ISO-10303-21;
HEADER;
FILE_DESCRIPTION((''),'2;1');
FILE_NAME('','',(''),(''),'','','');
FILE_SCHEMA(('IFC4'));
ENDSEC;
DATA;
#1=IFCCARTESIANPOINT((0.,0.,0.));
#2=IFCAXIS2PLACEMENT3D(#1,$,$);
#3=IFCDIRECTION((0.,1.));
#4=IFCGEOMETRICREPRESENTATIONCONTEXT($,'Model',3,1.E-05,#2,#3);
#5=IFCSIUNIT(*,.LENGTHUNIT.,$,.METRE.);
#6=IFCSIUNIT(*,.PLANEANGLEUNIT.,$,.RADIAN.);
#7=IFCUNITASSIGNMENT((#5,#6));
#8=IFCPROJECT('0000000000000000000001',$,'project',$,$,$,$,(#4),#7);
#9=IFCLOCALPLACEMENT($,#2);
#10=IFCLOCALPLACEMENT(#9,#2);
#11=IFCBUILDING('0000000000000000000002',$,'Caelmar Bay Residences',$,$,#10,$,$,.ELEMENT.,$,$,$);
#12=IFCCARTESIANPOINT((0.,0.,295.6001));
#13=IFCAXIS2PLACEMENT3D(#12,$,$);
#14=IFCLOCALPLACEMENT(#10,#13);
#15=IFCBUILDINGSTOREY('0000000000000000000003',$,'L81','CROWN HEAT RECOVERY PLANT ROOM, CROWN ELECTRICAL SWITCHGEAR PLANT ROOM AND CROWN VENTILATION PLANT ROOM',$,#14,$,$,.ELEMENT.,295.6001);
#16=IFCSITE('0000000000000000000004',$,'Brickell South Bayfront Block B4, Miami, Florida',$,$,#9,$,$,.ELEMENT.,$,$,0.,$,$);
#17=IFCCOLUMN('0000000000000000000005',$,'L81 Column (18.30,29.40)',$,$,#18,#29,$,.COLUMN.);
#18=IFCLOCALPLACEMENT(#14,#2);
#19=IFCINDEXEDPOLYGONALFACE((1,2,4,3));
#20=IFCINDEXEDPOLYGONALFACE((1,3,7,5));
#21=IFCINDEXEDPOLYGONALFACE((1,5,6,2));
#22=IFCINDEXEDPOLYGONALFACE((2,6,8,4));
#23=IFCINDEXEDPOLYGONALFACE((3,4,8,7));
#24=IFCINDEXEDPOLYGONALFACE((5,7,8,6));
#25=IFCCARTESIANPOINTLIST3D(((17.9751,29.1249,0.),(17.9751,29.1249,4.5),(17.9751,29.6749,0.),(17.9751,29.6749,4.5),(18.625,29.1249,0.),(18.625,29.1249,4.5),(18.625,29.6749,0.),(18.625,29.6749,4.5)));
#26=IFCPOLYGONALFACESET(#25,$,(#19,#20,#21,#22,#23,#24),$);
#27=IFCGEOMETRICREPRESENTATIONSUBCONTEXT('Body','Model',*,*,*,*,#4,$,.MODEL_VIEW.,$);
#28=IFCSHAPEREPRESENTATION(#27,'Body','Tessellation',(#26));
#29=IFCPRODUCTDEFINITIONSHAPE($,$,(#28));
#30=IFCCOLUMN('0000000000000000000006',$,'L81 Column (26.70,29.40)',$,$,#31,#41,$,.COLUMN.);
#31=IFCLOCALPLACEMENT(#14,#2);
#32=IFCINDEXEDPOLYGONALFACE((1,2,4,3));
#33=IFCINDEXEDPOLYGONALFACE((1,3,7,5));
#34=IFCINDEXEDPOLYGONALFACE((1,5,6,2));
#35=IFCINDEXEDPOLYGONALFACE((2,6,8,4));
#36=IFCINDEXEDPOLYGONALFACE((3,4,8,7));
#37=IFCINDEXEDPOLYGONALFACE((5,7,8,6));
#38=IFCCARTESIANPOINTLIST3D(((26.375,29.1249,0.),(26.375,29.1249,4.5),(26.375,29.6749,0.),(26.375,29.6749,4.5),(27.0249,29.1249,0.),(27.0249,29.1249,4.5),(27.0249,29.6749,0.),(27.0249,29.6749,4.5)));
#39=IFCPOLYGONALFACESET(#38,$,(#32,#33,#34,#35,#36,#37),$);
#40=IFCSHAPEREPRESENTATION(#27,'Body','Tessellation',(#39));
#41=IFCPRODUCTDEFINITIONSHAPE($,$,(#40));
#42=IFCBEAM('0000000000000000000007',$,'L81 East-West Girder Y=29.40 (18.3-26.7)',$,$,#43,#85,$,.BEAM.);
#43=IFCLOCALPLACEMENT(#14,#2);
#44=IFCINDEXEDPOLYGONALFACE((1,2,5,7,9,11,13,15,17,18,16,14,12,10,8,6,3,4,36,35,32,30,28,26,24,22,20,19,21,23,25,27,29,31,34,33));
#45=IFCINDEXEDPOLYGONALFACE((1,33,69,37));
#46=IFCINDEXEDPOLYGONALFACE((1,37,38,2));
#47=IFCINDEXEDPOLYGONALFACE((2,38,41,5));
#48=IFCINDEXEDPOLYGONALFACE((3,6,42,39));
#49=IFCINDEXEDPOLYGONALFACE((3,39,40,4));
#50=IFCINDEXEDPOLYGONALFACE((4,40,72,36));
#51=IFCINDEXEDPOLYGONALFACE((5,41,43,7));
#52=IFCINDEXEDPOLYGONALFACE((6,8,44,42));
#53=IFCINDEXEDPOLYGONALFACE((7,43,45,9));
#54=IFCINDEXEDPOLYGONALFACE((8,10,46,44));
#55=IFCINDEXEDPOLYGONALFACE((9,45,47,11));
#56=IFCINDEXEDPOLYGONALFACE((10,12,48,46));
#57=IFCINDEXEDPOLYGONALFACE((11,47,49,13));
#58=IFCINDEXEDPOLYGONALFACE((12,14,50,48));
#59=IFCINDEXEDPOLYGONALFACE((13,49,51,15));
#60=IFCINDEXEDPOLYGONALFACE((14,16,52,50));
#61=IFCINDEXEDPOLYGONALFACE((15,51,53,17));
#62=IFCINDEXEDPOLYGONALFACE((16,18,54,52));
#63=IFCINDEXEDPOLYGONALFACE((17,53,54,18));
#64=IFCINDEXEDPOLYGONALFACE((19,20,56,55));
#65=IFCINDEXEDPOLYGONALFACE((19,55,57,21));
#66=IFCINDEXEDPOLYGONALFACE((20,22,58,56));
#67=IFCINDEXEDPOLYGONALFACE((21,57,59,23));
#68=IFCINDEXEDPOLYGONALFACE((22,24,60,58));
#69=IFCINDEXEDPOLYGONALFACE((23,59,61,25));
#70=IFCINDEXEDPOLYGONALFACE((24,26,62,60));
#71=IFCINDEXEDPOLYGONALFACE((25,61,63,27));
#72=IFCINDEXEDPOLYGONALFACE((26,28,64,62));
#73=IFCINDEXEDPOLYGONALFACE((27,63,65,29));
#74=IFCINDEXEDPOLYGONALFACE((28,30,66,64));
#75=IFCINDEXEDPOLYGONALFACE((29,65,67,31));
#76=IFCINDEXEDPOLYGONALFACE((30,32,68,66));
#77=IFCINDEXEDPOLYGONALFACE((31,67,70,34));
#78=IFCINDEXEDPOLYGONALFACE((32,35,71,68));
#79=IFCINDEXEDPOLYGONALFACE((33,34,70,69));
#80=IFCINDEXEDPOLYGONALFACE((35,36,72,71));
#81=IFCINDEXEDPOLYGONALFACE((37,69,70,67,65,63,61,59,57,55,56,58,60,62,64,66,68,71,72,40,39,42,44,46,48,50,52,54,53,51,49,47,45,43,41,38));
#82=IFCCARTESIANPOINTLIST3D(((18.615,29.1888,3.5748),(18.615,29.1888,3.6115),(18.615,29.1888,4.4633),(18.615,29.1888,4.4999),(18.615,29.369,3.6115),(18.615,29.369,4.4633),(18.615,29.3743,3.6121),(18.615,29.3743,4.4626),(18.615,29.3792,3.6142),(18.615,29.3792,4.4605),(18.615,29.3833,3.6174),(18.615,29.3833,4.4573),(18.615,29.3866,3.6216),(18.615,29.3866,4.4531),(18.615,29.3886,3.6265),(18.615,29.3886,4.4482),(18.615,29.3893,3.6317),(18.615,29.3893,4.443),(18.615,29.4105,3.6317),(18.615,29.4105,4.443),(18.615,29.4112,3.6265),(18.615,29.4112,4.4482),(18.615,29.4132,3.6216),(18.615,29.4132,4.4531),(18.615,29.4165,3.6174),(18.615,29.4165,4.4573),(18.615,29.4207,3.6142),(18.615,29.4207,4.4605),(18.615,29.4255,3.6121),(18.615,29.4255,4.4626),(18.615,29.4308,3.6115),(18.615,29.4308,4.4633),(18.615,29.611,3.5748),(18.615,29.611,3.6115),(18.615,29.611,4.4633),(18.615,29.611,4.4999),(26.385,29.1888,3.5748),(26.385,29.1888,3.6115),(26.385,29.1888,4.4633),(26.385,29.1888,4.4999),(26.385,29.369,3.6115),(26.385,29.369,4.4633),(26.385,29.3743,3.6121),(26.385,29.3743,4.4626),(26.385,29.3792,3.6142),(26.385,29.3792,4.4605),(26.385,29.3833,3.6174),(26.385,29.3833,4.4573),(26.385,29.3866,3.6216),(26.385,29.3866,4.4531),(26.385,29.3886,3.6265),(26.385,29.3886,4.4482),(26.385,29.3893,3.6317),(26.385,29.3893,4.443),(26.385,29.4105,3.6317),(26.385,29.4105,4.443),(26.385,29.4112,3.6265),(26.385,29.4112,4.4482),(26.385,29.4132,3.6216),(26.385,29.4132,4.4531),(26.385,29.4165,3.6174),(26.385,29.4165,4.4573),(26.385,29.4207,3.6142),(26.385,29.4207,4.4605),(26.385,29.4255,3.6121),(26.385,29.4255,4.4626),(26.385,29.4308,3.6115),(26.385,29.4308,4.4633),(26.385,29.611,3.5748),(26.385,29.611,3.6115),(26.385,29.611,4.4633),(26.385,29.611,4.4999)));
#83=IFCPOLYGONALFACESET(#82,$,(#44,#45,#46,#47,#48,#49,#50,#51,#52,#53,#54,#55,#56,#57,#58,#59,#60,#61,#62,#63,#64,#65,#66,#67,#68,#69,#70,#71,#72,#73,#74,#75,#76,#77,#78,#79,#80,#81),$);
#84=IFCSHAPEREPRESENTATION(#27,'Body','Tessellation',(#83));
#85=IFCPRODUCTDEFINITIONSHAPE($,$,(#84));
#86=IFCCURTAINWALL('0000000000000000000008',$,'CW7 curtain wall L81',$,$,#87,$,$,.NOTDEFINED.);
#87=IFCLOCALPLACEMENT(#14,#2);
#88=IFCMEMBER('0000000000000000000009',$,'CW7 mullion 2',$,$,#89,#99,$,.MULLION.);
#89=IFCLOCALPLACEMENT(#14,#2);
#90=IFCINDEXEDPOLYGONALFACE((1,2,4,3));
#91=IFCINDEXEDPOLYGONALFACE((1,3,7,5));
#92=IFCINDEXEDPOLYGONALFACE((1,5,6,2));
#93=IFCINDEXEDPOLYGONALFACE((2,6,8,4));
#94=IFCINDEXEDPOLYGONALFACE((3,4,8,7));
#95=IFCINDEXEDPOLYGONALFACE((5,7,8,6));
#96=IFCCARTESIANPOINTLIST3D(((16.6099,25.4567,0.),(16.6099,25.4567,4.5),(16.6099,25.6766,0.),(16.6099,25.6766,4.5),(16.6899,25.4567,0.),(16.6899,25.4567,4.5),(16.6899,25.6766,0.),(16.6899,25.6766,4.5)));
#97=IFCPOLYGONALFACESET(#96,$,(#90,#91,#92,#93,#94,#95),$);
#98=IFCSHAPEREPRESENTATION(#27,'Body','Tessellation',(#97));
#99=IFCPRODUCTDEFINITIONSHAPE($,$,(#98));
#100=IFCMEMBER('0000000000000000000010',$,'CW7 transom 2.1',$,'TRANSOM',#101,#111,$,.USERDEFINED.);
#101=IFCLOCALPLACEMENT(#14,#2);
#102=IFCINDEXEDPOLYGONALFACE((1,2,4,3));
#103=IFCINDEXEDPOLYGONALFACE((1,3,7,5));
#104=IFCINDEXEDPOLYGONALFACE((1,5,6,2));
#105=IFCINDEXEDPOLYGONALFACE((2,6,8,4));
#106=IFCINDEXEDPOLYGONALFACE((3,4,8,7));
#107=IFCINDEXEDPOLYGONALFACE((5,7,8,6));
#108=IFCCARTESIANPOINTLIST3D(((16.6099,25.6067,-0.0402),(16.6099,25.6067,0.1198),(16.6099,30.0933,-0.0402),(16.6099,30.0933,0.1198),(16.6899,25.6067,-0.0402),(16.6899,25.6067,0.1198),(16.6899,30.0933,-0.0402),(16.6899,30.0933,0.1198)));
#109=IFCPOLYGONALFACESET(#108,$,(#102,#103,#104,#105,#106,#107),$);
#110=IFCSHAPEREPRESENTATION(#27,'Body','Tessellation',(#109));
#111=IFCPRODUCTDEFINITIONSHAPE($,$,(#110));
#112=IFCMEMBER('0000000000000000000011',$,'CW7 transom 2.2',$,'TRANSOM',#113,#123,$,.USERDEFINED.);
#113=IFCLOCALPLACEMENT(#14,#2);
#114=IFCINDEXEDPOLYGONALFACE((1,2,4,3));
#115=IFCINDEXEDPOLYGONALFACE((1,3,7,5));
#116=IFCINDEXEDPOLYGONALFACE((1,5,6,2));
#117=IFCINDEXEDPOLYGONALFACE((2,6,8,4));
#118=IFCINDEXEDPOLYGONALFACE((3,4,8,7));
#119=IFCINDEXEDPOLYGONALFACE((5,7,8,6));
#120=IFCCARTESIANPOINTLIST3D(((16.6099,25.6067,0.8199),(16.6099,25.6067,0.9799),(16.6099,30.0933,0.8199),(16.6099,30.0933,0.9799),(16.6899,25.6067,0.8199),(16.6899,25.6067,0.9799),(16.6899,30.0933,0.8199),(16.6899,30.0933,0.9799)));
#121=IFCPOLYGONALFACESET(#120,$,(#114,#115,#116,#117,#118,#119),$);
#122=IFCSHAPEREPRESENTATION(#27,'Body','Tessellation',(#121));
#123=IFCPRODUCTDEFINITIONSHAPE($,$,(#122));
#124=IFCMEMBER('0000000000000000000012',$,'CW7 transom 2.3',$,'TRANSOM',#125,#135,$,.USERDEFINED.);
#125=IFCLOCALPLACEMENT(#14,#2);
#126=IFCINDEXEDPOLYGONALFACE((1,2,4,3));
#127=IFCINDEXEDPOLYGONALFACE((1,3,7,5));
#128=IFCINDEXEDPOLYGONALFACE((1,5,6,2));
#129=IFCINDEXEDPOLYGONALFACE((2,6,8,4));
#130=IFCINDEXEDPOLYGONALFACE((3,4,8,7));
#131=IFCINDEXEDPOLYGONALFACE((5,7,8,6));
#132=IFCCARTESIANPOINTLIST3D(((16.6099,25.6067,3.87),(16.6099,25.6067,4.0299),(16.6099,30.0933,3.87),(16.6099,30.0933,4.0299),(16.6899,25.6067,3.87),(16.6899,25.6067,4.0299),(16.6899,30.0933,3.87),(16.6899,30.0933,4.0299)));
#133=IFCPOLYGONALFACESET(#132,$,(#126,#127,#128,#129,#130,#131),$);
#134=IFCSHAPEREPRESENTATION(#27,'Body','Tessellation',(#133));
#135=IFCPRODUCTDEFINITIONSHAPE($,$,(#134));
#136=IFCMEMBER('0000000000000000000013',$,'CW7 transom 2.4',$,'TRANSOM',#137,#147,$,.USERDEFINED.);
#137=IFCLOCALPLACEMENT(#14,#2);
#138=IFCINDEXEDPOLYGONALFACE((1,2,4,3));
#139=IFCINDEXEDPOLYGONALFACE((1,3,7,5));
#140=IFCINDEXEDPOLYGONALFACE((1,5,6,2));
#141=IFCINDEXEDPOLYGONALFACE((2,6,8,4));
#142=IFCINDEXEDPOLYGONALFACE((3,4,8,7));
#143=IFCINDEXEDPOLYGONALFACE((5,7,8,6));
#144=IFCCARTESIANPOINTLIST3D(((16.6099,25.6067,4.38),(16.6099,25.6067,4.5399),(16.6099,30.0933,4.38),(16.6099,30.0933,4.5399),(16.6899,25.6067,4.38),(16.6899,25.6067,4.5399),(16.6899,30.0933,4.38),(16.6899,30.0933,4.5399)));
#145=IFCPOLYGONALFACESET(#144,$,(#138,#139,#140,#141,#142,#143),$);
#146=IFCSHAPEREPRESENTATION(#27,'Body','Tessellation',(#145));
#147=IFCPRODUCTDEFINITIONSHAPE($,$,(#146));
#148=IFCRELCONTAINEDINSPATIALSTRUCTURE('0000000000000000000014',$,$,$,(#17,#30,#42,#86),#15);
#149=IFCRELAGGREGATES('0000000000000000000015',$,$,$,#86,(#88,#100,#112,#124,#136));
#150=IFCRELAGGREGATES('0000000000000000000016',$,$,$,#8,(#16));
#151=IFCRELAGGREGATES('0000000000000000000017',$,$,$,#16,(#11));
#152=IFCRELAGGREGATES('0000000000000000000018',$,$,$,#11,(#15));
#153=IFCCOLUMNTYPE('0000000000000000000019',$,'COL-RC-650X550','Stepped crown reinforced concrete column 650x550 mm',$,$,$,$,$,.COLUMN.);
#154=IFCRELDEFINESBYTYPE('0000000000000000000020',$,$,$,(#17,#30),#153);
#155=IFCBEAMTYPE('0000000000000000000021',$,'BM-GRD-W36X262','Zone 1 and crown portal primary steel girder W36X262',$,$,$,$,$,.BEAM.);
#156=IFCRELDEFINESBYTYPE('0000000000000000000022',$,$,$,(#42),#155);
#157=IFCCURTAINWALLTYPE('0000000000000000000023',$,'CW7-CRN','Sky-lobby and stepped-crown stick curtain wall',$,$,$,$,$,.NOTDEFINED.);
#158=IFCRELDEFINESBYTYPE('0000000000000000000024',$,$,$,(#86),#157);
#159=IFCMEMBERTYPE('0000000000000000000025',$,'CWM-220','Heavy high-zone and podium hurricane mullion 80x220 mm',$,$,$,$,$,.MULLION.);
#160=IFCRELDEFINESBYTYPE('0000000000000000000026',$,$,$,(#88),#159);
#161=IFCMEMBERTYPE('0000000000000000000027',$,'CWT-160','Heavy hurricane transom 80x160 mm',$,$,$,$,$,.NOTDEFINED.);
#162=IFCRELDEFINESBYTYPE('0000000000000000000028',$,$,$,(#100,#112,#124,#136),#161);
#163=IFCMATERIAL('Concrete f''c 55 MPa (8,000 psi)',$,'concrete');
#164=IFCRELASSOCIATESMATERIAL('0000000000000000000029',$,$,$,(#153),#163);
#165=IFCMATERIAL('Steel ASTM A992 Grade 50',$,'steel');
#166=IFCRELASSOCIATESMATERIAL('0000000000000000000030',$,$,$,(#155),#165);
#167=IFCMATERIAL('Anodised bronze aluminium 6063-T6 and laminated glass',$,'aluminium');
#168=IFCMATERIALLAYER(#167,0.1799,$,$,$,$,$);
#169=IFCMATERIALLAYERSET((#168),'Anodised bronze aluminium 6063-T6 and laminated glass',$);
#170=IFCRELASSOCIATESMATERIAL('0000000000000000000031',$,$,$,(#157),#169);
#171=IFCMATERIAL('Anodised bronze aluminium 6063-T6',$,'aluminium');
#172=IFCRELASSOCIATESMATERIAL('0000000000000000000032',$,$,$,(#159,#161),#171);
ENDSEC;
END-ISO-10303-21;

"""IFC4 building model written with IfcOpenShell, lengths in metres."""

from ifc_helpers import new_model, si_unit, direction, frame, origin, origin_2d, place, context, subcontext, project, spatial, rectangle, i_section, extrude, material, layer, layer_set, material_profile, profile_set, type_object, element, aggregate, save


model = new_model("IFC4")

# Units and contexts
model_context = context("Model", 3, precision=1e-05, world=origin(), true_north=direction((0.0, 1.0)))
body_context = subcontext(model_context, "Body", "Model", "MODEL_VIEW")
ifc_project = project(units=[si_unit("LENGTHUNIT", "METRE"), si_unit("PLANEANGLEUNIT", "RADIAN")], contexts=[model_context])

# Site, building, storey
site_placement = place(None, origin())
site = spatial("IfcSite", under=ifc_project, at=site_placement, Name="Brickell South Bayfront Block B4, Miami, Florida", CompositionType="ELEMENT", RefElevation=0.0)
building_placement = place(site_placement, origin())
building = spatial("IfcBuilding", under=site, at=building_placement, Name="Caelmar Bay Residences", CompositionType="ELEMENT")
storey_placement = place(building_placement, frame((0.0, 0.0, 295.6001)))
storey = spatial("IfcBuildingStorey", under=building, at=storey_placement, Name="L81", Description="CROWN HEAT RECOVERY PLANT ROOM, CROWN ELECTRICAL SWITCHGEAR PLANT ROOM AND CROWN VENTILATION PLANT ROOM", CompositionType="ELEMENT", Elevation=295.6001)

# Columns
ifc_material_1 = material(Name="Concrete f'c 55 MPa (8,000 psi)", Category="concrete")
ifc_material_profile_1 = material_profile(ifc_material_1, rectangle(XDim=0.6499, YDim=0.55, at=origin_2d()), Name="RC-COL-650X550")
ifc_profile_set_1 = profile_set([ifc_material_profile_1], Name="Concrete f'c 55 MPa (8,000 psi)")
column_type = type_object("IfcColumnType", Name="COL-RC-650X550", Description="Stepped crown reinforced concrete column 650x550 mm", PredefinedType="COLUMN", material=ifc_profile_set_1)
for number, where, z_axis, x_axis, name in (
    (1, (18.3, 29.3999, 0.0), (0.0, 0.0, 1.0), (1.0, 0.0, 0.0), "L81 Column (18.30,29.40)"),
    (2, (26.7, 29.3999, 0.0), (0.0, 0.0, 1.0), (1.0, 0.0, 0.0), "L81 Column (26.70,29.40)"),
):
    element("IfcColumn", number, at=place(storey_placement, frame(where, z_axis=z_axis, x_axis=x_axis)), inside=storey, type_object=column_type, Name=name, PredefinedType="COLUMN", context=body_context, shape_type="SweptSolid", body=[
        extrude(rectangle(XDim=0.6499, YDim=0.55, at=origin_2d()), origin(), (0.0, 0.0, 1.0), 4.5),
    ])

# Beam
ifc_material_2 = material(Name="Steel ASTM A992 Grade 50", Category="steel")
ifc_material_profile_2 = material_profile(ifc_material_2, i_section(OverallWidth=0.4221, OverallDepth=0.925, WebThickness=0.0212, FlangeThickness=0.0366, FilletRadius=0.0203, at=origin_2d()), Name="W36X262")
ifc_profile_set_2 = profile_set([ifc_material_profile_2], Name="Steel ASTM A992 Grade 50")
beam_type = type_object("IfcBeamType", Name="BM-GRD-W36X262", Description="Zone 1 and crown portal primary steel girder W36X262", PredefinedType="BEAM", material=ifc_profile_set_2)
beam_placement = place(storey_placement, frame((18.615, 29.3999, 4.0374), z_axis=(1.0, 0.0, 0.0), x_axis=(0.0, 1.0, 0.0)))
element("IfcBeam", 3, at=beam_placement, inside=storey, type_object=beam_type, Name="L81 East-West Girder Y=29.40 (18.3-26.7)", PredefinedType="BEAM", context=body_context, shape_type="SweptSolid", body=[
    extrude(i_section(OverallWidth=0.4221, OverallDepth=0.925, WebThickness=0.0212, FlangeThickness=0.0366, FilletRadius=0.0203, at=origin_2d()), origin(), (0.0, 0.0, 1.0), 7.77),
])

# Curtain wall, members
ifc_material_3 = material(Name="Anodised bronze aluminium 6063-T6 and laminated glass", Category="aluminium")
ifc_layer_1 = layer(ifc_material_3, 0.1799)
ifc_layer_set_1 = layer_set([ifc_layer_1], Name="Anodised bronze aluminium 6063-T6 and laminated glass")
curtain_wall_type = type_object("IfcCurtainWallType", Name="CW7-CRN", Description="Sky-lobby and stepped-crown stick curtain wall", PredefinedType="NOTDEFINED", material=ifc_layer_set_1)
curtain_wall_placement = place(storey_placement, origin())
curtain_wall = element("IfcCurtainWall", 4, at=curtain_wall_placement, inside=storey, type_object=curtain_wall_type, Name="CW7 curtain wall L81", PredefinedType="NOTDEFINED")
ifc_material_4 = material(Name="Anodised bronze aluminium 6063-T6", Category="aluminium")
ifc_material_profile_3 = material_profile(ifc_material_4, rectangle(XDim=0.0801, YDim=0.22, at=origin_2d()), Name="CWM-80X220")
ifc_profile_set_3 = profile_set([ifc_material_profile_3], Name="Anodised bronze aluminium 6063-T6")
member_type_1 = type_object("IfcMemberType", Name="CWM-220", Description="Heavy high-zone and podium hurricane mullion 80x220 mm", PredefinedType="MULLION", material=ifc_profile_set_3)
member_1_placement = place(storey_placement, frame((16.6499, 25.5667, 0.0), z_axis=(0.0, 0.0, 1.0), x_axis=(-1.0, 0.0, 0.0)))
member_1 = element("IfcMember", 5, at=member_1_placement, type_object=member_type_1, Name="CW7 mullion 2", PredefinedType="MULLION", context=body_context, shape_type="SweptSolid", body=[
    extrude(rectangle(XDim=0.0801, YDim=0.22, at=origin_2d()), origin(), (0.0, 0.0, 1.0), 4.5),
])
ifc_material_profile_4 = material_profile(ifc_material_4, rectangle(XDim=0.0801, YDim=0.1599, at=origin_2d()), Name="CWT-80X160")
ifc_profile_set_4 = profile_set([ifc_material_profile_4], Name="Anodised bronze aluminium 6063-T6")
member_type_2 = type_object("IfcMemberType", Name="CWT-160", Description="Heavy hurricane transom 80x160 mm", PredefinedType="NOTDEFINED", material=ifc_profile_set_4)
member_2_placement = place(storey_placement, frame((16.6499, 25.6067, 0.0398), z_axis=(0.0, 1.0, 0.0), x_axis=(-1.0, 0.0, 0.0)))
member_2 = element("IfcMember", 6, at=member_2_placement, type_object=member_type_2, Name="CW7 transom 2.1", ObjectType="TRANSOM", PredefinedType="USERDEFINED", context=body_context, shape_type="SweptSolid", body=[
    extrude(rectangle(XDim=0.0801, YDim=0.1599, at=origin_2d()), origin(), (0.0, 0.0, 1.0), 4.4866),
])
member_3_placement = place(storey_placement, frame((16.6499, 25.6067, 0.8999), z_axis=(0.0, 1.0, 0.0), x_axis=(-1.0, 0.0, 0.0)))
member_3 = element("IfcMember", 7, at=member_3_placement, type_object=member_type_2, Name="CW7 transom 2.2", ObjectType="TRANSOM", PredefinedType="USERDEFINED", context=body_context, shape_type="SweptSolid", body=[
    extrude(rectangle(XDim=0.0801, YDim=0.1599, at=origin_2d()), origin(), (0.0, 0.0, 1.0), 4.4866),
])
member_4_placement = place(storey_placement, frame((16.6499, 25.6067, 3.95), z_axis=(0.0, 1.0, 0.0), x_axis=(-1.0, 0.0, 0.0)))
member_4 = element("IfcMember", 8, at=member_4_placement, type_object=member_type_2, Name="CW7 transom 2.3", ObjectType="TRANSOM", PredefinedType="USERDEFINED", context=body_context, shape_type="SweptSolid", body=[
    extrude(rectangle(XDim=0.0801, YDim=0.1599, at=origin_2d()), origin(), (0.0, 0.0, 1.0), 4.4866),
])
member_5_placement = place(storey_placement, frame((16.6499, 25.6067, 4.46), z_axis=(0.0, 1.0, 0.0), x_axis=(-1.0, 0.0, 0.0)))
member_5 = element("IfcMember", 9, at=member_5_placement, type_object=member_type_2, Name="CW7 transom 2.4", ObjectType="TRANSOM", PredefinedType="USERDEFINED", context=body_context, shape_type="SweptSolid", body=[
    extrude(rectangle(XDim=0.0801, YDim=0.1599, at=origin_2d()), origin(), (0.0, 0.0, 1.0), 4.4866),
])

aggregate(curtain_wall, [member_1, member_2, member_3, member_4, member_5])

save(model, "model.ifc")
